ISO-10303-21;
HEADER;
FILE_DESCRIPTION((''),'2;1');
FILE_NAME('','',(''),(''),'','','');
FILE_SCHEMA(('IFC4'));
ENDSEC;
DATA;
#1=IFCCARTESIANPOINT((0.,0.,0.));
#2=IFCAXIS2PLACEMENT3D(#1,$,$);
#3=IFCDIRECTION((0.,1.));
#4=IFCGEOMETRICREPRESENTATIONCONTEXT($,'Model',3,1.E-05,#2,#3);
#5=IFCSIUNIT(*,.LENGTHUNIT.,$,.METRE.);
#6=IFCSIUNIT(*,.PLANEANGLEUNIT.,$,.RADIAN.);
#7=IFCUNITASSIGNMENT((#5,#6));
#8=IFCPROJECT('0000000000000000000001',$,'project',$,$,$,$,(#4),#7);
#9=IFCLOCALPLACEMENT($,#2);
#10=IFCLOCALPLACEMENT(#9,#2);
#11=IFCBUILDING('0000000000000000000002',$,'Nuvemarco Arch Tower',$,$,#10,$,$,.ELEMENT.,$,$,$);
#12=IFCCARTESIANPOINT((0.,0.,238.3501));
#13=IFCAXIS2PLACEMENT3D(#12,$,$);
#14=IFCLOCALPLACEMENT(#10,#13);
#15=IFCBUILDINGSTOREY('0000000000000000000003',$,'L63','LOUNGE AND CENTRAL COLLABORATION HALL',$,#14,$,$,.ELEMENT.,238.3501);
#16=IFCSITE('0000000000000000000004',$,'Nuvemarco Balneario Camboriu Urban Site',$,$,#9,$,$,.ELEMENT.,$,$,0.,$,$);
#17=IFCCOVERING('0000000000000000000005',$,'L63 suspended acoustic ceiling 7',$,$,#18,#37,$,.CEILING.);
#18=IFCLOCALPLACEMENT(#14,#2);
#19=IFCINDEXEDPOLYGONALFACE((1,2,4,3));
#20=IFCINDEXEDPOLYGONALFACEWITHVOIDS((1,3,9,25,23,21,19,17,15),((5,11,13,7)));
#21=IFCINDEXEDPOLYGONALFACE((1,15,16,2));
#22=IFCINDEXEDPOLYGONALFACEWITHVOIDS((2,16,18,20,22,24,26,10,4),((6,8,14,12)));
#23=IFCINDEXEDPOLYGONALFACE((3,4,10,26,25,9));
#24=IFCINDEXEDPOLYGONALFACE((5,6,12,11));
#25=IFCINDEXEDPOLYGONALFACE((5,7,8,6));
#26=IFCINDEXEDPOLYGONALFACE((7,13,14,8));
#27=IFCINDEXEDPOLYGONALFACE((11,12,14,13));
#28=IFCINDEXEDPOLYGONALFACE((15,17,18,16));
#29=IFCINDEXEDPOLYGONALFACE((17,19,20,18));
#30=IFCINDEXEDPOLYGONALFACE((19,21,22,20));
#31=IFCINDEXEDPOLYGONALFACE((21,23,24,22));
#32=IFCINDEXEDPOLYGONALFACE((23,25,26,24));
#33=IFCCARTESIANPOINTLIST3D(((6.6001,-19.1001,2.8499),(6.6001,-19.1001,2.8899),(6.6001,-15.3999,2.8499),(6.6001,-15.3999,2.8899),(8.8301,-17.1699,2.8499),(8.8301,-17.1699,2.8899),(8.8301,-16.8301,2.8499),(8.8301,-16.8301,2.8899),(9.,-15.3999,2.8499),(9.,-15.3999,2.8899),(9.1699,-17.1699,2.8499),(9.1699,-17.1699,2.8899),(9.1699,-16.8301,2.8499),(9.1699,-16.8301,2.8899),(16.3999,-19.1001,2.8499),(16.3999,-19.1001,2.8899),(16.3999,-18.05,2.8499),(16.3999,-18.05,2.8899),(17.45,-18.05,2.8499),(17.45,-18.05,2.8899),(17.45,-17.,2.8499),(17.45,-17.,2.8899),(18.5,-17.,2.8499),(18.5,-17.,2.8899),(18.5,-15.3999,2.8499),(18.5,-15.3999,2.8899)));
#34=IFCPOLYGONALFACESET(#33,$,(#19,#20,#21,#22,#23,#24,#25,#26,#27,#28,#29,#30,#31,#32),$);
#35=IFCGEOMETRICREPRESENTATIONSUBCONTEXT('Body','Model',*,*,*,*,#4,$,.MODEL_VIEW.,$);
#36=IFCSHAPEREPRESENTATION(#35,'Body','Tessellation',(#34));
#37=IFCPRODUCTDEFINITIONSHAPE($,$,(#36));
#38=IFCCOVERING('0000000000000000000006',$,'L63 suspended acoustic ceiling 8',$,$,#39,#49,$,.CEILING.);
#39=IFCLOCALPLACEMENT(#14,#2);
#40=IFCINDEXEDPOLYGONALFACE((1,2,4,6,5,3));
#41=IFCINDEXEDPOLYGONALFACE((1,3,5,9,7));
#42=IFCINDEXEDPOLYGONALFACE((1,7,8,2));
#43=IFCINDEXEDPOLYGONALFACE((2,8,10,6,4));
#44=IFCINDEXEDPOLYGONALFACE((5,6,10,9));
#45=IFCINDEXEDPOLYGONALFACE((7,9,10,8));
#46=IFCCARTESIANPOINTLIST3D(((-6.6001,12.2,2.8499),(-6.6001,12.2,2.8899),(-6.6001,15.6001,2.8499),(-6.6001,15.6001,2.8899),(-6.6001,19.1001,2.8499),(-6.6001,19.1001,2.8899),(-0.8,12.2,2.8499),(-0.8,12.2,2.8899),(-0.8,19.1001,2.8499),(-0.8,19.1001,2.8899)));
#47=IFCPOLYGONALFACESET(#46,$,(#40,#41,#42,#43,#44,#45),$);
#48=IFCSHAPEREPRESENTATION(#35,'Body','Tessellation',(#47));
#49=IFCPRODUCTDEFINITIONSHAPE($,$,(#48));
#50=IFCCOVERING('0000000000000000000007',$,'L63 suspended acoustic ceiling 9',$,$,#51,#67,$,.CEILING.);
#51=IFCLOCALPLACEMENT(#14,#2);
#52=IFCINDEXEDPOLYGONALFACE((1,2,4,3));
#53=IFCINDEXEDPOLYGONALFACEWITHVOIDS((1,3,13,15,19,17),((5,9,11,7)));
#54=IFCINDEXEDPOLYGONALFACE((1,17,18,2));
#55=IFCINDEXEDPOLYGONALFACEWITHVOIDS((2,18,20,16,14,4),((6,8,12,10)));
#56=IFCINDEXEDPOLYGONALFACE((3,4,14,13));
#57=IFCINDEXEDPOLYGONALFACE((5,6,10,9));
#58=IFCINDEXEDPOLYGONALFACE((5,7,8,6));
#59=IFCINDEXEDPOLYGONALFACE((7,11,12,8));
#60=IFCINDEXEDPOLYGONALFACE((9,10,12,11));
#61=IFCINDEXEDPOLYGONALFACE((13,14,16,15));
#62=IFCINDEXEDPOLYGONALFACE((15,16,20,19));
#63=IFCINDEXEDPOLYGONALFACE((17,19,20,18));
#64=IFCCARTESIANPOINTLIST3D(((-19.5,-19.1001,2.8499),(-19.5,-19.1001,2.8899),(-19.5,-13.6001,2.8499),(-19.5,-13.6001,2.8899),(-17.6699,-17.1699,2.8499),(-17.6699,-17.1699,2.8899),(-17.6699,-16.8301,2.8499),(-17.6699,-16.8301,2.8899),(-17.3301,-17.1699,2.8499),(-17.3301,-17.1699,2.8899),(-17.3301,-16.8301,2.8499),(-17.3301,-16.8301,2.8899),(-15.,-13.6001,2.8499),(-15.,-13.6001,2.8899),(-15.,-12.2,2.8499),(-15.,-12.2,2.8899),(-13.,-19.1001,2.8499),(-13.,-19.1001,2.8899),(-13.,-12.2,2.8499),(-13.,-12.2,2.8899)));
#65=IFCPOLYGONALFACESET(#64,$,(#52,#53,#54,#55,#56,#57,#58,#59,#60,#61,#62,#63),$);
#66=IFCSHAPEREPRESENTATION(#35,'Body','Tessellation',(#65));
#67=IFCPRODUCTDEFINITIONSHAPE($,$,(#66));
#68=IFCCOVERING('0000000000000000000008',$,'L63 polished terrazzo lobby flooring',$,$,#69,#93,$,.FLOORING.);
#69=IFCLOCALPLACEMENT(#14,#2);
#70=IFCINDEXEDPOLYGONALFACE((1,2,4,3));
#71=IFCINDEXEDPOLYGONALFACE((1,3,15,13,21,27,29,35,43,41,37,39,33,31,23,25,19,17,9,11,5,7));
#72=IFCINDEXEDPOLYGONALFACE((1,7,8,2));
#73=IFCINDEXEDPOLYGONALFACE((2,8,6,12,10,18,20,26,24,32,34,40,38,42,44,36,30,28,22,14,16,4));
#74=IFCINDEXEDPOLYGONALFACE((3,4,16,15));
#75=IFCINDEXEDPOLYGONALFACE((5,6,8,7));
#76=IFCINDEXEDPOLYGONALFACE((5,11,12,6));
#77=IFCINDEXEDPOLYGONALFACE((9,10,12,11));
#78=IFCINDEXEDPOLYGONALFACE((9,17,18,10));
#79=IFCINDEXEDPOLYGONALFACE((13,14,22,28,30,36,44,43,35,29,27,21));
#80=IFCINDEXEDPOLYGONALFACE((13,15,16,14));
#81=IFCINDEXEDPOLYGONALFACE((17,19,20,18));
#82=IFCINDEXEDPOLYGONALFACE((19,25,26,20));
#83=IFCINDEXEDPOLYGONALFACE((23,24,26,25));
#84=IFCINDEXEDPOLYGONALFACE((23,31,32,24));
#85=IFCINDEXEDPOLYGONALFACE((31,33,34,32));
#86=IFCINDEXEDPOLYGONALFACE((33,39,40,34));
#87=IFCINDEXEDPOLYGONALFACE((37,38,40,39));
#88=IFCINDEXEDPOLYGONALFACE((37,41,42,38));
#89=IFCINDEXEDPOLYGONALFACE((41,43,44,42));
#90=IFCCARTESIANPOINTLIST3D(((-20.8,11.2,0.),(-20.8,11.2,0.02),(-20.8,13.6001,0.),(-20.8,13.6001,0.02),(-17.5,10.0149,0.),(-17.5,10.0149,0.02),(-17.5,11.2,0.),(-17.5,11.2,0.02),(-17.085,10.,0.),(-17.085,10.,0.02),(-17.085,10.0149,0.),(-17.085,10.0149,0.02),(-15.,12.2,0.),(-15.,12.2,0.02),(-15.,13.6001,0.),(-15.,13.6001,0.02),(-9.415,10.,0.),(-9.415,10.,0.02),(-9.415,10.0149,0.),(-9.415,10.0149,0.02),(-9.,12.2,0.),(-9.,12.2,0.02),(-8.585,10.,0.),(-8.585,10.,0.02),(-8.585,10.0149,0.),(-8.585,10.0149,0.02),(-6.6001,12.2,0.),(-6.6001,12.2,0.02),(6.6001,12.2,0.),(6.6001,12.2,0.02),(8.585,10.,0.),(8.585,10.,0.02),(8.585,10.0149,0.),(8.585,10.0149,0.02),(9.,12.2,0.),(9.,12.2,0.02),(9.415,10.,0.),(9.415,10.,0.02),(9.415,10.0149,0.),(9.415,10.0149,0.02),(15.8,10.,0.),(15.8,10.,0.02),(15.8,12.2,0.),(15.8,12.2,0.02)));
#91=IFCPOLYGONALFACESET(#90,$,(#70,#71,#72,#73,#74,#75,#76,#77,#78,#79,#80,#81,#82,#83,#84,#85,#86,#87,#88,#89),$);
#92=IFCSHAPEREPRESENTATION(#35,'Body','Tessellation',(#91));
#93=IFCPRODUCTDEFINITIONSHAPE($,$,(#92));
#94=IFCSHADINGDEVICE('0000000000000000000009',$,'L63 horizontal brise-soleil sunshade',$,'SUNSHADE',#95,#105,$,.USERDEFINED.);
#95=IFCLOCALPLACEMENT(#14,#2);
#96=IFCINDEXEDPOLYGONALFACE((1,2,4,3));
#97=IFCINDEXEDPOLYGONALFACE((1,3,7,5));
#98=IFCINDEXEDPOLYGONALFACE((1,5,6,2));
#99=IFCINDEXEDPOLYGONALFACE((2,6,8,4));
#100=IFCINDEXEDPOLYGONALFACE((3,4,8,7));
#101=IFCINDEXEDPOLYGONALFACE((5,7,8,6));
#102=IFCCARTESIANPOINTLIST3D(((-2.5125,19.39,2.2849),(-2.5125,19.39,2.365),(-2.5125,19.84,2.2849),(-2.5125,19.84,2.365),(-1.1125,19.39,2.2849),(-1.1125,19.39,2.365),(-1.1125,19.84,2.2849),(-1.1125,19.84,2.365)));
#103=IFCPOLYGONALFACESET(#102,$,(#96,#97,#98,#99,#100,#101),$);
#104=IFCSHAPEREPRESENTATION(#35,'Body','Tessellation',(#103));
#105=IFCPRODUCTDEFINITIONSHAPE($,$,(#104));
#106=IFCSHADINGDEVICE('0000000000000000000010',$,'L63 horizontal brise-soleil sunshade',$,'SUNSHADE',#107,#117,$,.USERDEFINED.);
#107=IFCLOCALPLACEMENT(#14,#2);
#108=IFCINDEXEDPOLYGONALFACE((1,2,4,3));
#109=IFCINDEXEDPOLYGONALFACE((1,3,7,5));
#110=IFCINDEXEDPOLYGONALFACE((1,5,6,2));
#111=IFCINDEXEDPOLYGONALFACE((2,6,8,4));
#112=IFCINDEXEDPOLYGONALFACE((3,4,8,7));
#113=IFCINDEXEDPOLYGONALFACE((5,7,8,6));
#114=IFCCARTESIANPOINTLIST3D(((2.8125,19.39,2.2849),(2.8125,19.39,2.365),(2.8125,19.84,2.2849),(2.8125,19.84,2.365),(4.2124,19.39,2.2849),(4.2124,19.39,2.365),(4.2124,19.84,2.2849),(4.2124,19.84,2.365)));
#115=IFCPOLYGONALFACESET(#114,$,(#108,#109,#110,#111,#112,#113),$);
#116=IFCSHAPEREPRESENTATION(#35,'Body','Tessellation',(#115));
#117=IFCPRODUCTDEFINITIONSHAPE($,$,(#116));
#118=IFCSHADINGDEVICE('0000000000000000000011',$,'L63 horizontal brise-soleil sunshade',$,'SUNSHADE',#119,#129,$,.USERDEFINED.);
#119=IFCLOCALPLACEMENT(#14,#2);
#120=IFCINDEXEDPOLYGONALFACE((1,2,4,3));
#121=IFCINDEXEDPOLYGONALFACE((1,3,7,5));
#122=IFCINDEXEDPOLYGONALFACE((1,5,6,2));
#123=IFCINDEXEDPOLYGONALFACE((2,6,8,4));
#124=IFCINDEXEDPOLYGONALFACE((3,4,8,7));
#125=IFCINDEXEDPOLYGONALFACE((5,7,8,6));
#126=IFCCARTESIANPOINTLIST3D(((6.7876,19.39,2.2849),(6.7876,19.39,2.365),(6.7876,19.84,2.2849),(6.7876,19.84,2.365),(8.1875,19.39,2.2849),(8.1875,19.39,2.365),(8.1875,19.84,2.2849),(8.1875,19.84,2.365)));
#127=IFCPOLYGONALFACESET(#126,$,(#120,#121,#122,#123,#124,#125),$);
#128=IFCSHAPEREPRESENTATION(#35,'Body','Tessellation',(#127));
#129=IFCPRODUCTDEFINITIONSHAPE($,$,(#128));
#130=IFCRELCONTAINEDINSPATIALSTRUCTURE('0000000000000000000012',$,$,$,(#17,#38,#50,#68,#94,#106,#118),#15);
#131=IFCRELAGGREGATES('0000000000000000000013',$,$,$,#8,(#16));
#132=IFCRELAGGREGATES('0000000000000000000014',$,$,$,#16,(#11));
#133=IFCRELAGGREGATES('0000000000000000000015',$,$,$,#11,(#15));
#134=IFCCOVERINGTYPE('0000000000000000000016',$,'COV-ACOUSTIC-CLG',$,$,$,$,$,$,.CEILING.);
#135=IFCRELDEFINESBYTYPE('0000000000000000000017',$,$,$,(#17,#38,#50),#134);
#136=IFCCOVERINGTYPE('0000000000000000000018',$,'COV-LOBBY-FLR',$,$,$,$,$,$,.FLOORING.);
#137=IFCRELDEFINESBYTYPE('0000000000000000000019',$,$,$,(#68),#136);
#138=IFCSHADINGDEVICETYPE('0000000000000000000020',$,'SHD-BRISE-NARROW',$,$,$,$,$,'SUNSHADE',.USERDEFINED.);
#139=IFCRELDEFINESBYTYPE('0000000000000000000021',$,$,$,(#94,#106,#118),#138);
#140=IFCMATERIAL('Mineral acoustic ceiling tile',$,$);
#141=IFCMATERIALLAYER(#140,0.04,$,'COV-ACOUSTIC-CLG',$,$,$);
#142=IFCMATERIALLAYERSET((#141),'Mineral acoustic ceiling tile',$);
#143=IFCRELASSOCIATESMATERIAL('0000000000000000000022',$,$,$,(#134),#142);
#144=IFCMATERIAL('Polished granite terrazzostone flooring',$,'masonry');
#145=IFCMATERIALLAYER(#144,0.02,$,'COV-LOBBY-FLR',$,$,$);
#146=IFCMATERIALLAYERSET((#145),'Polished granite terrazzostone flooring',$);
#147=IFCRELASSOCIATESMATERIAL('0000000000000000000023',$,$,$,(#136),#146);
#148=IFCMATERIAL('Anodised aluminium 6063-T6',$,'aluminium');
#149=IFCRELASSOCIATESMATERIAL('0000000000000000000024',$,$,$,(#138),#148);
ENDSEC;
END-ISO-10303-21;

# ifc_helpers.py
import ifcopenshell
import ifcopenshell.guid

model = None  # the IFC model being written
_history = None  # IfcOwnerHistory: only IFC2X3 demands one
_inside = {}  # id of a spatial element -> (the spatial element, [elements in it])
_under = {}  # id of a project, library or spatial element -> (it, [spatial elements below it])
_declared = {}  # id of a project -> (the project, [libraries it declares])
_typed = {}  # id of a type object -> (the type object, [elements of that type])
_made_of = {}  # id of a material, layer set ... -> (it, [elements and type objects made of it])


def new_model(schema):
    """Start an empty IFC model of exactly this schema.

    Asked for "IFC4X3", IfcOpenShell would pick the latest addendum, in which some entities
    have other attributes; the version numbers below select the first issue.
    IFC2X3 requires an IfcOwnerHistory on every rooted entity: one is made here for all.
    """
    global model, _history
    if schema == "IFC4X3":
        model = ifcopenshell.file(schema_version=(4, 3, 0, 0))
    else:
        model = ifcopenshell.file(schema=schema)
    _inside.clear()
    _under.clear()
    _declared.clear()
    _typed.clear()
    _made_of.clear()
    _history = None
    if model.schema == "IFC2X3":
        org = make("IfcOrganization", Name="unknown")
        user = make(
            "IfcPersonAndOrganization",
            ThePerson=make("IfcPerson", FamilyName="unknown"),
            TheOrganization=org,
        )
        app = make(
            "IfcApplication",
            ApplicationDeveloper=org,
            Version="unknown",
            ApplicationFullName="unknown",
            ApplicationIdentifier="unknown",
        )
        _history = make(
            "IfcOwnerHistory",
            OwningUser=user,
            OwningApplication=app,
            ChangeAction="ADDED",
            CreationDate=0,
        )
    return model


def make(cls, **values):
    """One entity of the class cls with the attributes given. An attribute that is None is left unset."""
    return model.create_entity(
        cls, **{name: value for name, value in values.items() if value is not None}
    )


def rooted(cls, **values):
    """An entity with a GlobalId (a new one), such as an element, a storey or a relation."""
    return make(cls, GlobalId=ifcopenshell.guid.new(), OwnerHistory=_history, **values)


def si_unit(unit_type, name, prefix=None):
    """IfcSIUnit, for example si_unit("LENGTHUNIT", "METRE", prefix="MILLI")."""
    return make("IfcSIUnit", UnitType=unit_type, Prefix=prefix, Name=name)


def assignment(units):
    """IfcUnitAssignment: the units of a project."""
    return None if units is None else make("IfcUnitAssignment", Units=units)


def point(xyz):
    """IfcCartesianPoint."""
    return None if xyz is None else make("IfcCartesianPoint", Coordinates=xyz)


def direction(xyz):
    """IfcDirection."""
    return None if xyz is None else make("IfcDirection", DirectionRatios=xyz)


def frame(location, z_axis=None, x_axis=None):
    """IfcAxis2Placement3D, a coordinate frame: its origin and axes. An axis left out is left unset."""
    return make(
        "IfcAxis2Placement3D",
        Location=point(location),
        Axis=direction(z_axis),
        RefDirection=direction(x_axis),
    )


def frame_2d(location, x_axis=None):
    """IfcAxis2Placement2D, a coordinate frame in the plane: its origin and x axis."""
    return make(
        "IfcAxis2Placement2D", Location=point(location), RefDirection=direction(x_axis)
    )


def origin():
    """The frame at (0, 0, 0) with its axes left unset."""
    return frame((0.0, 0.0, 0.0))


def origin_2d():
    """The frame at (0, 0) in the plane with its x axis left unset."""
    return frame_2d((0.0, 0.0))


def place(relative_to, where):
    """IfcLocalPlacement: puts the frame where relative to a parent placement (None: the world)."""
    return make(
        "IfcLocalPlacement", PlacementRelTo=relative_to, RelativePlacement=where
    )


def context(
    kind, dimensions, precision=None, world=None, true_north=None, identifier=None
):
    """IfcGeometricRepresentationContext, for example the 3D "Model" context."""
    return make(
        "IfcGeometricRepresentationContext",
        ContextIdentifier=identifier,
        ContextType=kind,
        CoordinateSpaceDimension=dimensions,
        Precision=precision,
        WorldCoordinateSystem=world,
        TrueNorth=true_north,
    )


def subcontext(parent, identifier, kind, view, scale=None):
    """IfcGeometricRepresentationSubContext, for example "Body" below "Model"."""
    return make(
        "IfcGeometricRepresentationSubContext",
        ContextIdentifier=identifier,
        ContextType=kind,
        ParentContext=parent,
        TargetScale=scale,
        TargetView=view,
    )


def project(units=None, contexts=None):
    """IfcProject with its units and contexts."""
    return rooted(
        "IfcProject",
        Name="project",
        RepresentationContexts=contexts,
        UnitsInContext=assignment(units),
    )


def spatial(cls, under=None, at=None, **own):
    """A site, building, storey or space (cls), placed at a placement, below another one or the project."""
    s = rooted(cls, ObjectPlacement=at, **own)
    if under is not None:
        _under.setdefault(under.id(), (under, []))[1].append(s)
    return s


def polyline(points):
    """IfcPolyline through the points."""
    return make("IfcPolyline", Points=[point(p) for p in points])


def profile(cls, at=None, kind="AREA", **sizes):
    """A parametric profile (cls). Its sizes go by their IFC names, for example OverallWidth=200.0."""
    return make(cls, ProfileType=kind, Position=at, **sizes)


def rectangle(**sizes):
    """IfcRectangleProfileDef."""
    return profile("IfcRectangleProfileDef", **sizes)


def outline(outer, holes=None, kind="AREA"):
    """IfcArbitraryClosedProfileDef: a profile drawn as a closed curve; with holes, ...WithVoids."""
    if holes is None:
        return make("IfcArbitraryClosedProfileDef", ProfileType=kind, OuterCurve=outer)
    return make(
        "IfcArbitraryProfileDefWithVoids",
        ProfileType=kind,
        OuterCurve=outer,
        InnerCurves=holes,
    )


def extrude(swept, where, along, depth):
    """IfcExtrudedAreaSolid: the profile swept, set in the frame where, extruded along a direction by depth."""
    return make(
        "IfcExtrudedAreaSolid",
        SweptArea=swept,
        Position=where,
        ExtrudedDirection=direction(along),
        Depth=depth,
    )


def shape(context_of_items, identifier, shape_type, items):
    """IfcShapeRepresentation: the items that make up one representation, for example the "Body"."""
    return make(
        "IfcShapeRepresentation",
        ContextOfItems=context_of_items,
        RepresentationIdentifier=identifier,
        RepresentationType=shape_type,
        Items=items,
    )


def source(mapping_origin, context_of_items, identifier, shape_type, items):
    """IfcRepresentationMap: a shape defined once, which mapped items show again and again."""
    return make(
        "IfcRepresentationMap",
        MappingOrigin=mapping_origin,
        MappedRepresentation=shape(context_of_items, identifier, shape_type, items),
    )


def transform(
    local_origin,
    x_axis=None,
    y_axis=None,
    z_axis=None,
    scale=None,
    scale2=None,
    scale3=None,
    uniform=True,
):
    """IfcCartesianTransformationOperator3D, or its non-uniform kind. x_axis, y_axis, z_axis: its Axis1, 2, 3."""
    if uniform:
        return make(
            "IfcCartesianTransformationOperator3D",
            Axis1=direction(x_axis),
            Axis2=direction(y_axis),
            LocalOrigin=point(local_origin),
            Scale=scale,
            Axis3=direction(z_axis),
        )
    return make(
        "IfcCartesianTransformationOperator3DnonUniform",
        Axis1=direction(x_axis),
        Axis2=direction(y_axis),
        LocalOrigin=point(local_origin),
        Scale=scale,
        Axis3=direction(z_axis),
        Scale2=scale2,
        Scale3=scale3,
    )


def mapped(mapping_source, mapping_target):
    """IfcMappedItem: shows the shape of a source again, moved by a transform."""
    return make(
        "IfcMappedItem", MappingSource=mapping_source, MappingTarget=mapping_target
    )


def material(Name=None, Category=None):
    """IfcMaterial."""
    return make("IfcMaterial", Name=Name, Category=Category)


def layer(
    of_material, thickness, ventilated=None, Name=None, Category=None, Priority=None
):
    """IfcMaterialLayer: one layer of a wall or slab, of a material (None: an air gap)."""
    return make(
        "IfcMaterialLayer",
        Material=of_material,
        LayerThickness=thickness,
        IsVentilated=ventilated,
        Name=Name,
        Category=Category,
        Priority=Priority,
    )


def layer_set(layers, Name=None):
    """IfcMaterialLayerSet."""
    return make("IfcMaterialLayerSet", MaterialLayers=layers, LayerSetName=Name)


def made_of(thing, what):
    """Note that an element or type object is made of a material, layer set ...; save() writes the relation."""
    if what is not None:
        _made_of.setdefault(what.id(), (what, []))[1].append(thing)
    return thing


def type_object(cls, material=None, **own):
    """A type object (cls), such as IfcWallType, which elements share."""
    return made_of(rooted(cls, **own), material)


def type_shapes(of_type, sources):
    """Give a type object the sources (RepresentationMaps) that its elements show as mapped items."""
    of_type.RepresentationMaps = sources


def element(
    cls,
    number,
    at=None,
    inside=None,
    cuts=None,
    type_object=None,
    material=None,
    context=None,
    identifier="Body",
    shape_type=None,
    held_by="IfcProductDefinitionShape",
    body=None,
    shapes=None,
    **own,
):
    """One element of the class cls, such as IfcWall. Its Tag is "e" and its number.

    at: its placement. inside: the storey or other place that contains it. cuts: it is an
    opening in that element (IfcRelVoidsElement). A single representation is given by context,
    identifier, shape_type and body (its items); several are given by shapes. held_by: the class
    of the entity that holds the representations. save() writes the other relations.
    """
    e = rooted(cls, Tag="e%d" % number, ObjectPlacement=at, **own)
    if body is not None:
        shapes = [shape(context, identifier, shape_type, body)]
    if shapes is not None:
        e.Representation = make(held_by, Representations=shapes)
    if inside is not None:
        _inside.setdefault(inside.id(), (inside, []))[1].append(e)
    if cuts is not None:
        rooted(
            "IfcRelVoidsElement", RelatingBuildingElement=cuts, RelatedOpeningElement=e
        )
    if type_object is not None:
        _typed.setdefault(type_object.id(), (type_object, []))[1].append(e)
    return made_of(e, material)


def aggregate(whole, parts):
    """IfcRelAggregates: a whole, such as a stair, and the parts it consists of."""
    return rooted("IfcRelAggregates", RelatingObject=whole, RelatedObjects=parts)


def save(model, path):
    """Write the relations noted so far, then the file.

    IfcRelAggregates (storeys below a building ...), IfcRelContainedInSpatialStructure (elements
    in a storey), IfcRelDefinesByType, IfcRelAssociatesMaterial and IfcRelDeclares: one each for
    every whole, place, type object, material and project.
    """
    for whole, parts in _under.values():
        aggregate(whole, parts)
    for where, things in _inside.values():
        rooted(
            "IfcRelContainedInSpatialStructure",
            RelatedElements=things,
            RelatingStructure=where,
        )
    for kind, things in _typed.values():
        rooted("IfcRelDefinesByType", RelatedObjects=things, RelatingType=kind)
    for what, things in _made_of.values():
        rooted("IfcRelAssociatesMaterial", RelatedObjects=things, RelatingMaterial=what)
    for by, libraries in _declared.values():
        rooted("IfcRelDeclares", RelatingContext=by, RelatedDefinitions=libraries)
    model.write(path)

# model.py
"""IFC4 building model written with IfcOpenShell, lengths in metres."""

from ifc_helpers import new_model, si_unit, direction, frame, origin, origin_2d, place, context, subcontext, project, spatial, polyline, rectangle, outline, extrude, source, transform, mapped, material, layer, layer_set, type_object, type_shapes, element, save


model = new_model("IFC4")

# Units and contexts
model_context = context("Model", 3, precision=1e-05, world=origin(), true_north=direction((0.0, 1.0)))
body_context = subcontext(model_context, "Body", "Model", "MODEL_VIEW")
ifc_project = project(units=[si_unit("LENGTHUNIT", "METRE"), si_unit("PLANEANGLEUNIT", "RADIAN")], contexts=[model_context])

# Site, building, storey
site_placement = place(None, origin())
site = spatial("IfcSite", under=ifc_project, at=site_placement, Name="Nuvemarco Balneario Camboriu Urban Site", CompositionType="ELEMENT", RefElevation=0.0)
building_placement = place(site_placement, origin())
building = spatial("IfcBuilding", under=site, at=building_placement, Name="Nuvemarco Arch Tower", CompositionType="ELEMENT")
storey_placement = place(building_placement, frame((0.0, 0.0, 238.3501)))
storey = spatial("IfcBuildingStorey", under=building, at=storey_placement, Name="L63", Description="LOUNGE AND CENTRAL COLLABORATION HALL", CompositionType="ELEMENT", Elevation=238.3501)

# Coverings
ifc_material_1 = material(Name="Mineral acoustic ceiling tile")
ifc_layer_1 = layer(ifc_material_1, 0.04, Name="COV-ACOUSTIC-CLG")
ifc_layer_set_1 = layer_set([ifc_layer_1], Name="Mineral acoustic ceiling tile")
covering_type_1 = type_object("IfcCoveringType", Name="COV-ACOUSTIC-CLG", PredefinedType="CEILING", material=ifc_layer_set_1)
covering_1_placement = place(storey_placement, frame((0.0, 0.0, 2.8499)))
element("IfcCovering", 1, at=covering_1_placement, inside=storey, type_object=covering_type_1, Name="L63 suspended acoustic ceiling 7", PredefinedType="CEILING", context=body_context, shape_type="SweptSolid", body=[
    extrude(outline(polyline([(16.3999, -19.1001), (6.6001, -19.1001), (6.6001, -15.3999), (9.0, -15.3999), (18.5, -15.3999), (18.5, -17.0), (17.45, -17.0), (17.45, -18.05), (16.3999, -18.05), (16.3999, -19.1001)]), holes=[polyline([(9.1699, -17.1699), (9.1699, -16.8301), (8.8301, -16.8301), (8.8301, -17.1699), (9.1699, -17.1699)])]), origin(), (0.0, 0.0, 1.0), 0.04),
])
covering_2_placement = place(storey_placement, frame((0.0, 0.0, 2.8499)))
element("IfcCovering", 2, at=covering_2_placement, inside=storey, type_object=covering_type_1, Name="L63 suspended acoustic ceiling 8", PredefinedType="CEILING", context=body_context, shape_type="SweptSolid", body=[
    extrude(outline(polyline([(-0.8, 12.2), (-6.6001, 12.2), (-6.6001, 15.6001), (-6.6001, 19.1001), (-0.8, 19.1001), (-0.8, 12.2)])), origin(), (0.0, 0.0, 1.0), 0.04),
])
covering_3_placement = place(storey_placement, frame((0.0, 0.0, 2.8499)))
element("IfcCovering", 3, at=covering_3_placement, inside=storey, type_object=covering_type_1, Name="L63 suspended acoustic ceiling 9", PredefinedType="CEILING", context=body_context, shape_type="SweptSolid", body=[
    extrude(outline(polyline([(-13.0, -12.2), (-13.0, -19.1001), (-19.5, -19.1001), (-19.5, -13.6001), (-15.0, -13.6001), (-15.0, -12.2), (-13.0, -12.2)]), holes=[polyline([(-17.3301, -16.8301), (-17.6699, -16.8301), (-17.6699, -17.1699), (-17.3301, -17.1699), (-17.3301, -16.8301)])]), origin(), (0.0, 0.0, 1.0), 0.04),
])
ifc_material_2 = material(Name="Polished granite terrazzostone flooring", Category="masonry")
ifc_layer_2 = layer(ifc_material_2, 0.02, Name="COV-LOBBY-FLR")
ifc_layer_set_2 = layer_set([ifc_layer_2], Name="Polished granite terrazzostone flooring")
covering_type_2 = type_object("IfcCoveringType", Name="COV-LOBBY-FLR", PredefinedType="FLOORING", material=ifc_layer_set_2)
covering_4_placement = place(storey_placement, origin())
element("IfcCovering", 4, at=covering_4_placement, inside=storey, type_object=covering_type_2, Name="L63 polished terrazzo lobby flooring", PredefinedType="FLOORING", context=body_context, shape_type="SweptSolid", body=[
    extrude(outline(polyline([(-8.585, 10.0149), (-9.415, 10.0149), (-9.415, 10.0), (-17.085, 10.0), (-17.085, 10.0149), (-17.5, 10.0149), (-17.5, 11.2), (-20.8, 11.2), (-20.8, 13.6001), (-15.0, 13.6001), (-15.0, 12.2), (-9.0, 12.2), (-6.6001, 12.2), (6.6001, 12.2), (9.0, 12.2), (15.8, 12.2), (15.8, 10.0), (9.415, 10.0), (9.415, 10.0149), (8.585, 10.0149), (8.585, 10.0), (-8.585, 10.0), (-8.585, 10.0149)])), origin(), (0.0, 0.0, 1.0), 0.02),
])

# Shading devices
ifc_material_3 = material(Name="Anodised aluminium 6063-T6", Category="aluminium")
shading_device_type = type_object("IfcShadingDeviceType", Name="SHD-BRISE-NARROW", ElementType="SUNSHADE", PredefinedType="USERDEFINED", material=ifc_material_3)
shared_shape = source(origin(), body_context, "Body", "SweptSolid", [
    extrude(rectangle(XDim=1.3999, YDim=0.45, at=origin_2d()), origin(), (0.0, 0.0, 1.0), 0.0801),
])
type_shapes(shading_device_type, [shared_shape])
for number, where, z_axis, x_axis, name in (
    (5, (-1.8125, 19.615, 2.2849), (0.0, 0.0, 1.0), (1.0, 0.0, 0.0), "L63 horizontal brise-soleil sunshade"),
    (6, (3.5125, 19.615, 2.2849), (0.0, 0.0, 1.0), (1.0, 0.0, 0.0), "L63 horizontal brise-soleil sunshade"),
    (7, (7.4875, 19.615, 2.2849), (0.0, 0.0, 1.0), (1.0, 0.0, 0.0), "L63 horizontal brise-soleil sunshade"),
):
    element("IfcShadingDevice", number, at=place(storey_placement, frame(where, z_axis=z_axis, x_axis=x_axis)), inside=storey, type_object=shading_device_type, Name=name, ObjectType="SUNSHADE", PredefinedType="USERDEFINED", context=body_context, shape_type="MappedRepresentation", body=[
        mapped(shared_shape, transform((0.0, 0.0, 0.0), scale=1.0)),
    ])

save(model, "model.ifc")
